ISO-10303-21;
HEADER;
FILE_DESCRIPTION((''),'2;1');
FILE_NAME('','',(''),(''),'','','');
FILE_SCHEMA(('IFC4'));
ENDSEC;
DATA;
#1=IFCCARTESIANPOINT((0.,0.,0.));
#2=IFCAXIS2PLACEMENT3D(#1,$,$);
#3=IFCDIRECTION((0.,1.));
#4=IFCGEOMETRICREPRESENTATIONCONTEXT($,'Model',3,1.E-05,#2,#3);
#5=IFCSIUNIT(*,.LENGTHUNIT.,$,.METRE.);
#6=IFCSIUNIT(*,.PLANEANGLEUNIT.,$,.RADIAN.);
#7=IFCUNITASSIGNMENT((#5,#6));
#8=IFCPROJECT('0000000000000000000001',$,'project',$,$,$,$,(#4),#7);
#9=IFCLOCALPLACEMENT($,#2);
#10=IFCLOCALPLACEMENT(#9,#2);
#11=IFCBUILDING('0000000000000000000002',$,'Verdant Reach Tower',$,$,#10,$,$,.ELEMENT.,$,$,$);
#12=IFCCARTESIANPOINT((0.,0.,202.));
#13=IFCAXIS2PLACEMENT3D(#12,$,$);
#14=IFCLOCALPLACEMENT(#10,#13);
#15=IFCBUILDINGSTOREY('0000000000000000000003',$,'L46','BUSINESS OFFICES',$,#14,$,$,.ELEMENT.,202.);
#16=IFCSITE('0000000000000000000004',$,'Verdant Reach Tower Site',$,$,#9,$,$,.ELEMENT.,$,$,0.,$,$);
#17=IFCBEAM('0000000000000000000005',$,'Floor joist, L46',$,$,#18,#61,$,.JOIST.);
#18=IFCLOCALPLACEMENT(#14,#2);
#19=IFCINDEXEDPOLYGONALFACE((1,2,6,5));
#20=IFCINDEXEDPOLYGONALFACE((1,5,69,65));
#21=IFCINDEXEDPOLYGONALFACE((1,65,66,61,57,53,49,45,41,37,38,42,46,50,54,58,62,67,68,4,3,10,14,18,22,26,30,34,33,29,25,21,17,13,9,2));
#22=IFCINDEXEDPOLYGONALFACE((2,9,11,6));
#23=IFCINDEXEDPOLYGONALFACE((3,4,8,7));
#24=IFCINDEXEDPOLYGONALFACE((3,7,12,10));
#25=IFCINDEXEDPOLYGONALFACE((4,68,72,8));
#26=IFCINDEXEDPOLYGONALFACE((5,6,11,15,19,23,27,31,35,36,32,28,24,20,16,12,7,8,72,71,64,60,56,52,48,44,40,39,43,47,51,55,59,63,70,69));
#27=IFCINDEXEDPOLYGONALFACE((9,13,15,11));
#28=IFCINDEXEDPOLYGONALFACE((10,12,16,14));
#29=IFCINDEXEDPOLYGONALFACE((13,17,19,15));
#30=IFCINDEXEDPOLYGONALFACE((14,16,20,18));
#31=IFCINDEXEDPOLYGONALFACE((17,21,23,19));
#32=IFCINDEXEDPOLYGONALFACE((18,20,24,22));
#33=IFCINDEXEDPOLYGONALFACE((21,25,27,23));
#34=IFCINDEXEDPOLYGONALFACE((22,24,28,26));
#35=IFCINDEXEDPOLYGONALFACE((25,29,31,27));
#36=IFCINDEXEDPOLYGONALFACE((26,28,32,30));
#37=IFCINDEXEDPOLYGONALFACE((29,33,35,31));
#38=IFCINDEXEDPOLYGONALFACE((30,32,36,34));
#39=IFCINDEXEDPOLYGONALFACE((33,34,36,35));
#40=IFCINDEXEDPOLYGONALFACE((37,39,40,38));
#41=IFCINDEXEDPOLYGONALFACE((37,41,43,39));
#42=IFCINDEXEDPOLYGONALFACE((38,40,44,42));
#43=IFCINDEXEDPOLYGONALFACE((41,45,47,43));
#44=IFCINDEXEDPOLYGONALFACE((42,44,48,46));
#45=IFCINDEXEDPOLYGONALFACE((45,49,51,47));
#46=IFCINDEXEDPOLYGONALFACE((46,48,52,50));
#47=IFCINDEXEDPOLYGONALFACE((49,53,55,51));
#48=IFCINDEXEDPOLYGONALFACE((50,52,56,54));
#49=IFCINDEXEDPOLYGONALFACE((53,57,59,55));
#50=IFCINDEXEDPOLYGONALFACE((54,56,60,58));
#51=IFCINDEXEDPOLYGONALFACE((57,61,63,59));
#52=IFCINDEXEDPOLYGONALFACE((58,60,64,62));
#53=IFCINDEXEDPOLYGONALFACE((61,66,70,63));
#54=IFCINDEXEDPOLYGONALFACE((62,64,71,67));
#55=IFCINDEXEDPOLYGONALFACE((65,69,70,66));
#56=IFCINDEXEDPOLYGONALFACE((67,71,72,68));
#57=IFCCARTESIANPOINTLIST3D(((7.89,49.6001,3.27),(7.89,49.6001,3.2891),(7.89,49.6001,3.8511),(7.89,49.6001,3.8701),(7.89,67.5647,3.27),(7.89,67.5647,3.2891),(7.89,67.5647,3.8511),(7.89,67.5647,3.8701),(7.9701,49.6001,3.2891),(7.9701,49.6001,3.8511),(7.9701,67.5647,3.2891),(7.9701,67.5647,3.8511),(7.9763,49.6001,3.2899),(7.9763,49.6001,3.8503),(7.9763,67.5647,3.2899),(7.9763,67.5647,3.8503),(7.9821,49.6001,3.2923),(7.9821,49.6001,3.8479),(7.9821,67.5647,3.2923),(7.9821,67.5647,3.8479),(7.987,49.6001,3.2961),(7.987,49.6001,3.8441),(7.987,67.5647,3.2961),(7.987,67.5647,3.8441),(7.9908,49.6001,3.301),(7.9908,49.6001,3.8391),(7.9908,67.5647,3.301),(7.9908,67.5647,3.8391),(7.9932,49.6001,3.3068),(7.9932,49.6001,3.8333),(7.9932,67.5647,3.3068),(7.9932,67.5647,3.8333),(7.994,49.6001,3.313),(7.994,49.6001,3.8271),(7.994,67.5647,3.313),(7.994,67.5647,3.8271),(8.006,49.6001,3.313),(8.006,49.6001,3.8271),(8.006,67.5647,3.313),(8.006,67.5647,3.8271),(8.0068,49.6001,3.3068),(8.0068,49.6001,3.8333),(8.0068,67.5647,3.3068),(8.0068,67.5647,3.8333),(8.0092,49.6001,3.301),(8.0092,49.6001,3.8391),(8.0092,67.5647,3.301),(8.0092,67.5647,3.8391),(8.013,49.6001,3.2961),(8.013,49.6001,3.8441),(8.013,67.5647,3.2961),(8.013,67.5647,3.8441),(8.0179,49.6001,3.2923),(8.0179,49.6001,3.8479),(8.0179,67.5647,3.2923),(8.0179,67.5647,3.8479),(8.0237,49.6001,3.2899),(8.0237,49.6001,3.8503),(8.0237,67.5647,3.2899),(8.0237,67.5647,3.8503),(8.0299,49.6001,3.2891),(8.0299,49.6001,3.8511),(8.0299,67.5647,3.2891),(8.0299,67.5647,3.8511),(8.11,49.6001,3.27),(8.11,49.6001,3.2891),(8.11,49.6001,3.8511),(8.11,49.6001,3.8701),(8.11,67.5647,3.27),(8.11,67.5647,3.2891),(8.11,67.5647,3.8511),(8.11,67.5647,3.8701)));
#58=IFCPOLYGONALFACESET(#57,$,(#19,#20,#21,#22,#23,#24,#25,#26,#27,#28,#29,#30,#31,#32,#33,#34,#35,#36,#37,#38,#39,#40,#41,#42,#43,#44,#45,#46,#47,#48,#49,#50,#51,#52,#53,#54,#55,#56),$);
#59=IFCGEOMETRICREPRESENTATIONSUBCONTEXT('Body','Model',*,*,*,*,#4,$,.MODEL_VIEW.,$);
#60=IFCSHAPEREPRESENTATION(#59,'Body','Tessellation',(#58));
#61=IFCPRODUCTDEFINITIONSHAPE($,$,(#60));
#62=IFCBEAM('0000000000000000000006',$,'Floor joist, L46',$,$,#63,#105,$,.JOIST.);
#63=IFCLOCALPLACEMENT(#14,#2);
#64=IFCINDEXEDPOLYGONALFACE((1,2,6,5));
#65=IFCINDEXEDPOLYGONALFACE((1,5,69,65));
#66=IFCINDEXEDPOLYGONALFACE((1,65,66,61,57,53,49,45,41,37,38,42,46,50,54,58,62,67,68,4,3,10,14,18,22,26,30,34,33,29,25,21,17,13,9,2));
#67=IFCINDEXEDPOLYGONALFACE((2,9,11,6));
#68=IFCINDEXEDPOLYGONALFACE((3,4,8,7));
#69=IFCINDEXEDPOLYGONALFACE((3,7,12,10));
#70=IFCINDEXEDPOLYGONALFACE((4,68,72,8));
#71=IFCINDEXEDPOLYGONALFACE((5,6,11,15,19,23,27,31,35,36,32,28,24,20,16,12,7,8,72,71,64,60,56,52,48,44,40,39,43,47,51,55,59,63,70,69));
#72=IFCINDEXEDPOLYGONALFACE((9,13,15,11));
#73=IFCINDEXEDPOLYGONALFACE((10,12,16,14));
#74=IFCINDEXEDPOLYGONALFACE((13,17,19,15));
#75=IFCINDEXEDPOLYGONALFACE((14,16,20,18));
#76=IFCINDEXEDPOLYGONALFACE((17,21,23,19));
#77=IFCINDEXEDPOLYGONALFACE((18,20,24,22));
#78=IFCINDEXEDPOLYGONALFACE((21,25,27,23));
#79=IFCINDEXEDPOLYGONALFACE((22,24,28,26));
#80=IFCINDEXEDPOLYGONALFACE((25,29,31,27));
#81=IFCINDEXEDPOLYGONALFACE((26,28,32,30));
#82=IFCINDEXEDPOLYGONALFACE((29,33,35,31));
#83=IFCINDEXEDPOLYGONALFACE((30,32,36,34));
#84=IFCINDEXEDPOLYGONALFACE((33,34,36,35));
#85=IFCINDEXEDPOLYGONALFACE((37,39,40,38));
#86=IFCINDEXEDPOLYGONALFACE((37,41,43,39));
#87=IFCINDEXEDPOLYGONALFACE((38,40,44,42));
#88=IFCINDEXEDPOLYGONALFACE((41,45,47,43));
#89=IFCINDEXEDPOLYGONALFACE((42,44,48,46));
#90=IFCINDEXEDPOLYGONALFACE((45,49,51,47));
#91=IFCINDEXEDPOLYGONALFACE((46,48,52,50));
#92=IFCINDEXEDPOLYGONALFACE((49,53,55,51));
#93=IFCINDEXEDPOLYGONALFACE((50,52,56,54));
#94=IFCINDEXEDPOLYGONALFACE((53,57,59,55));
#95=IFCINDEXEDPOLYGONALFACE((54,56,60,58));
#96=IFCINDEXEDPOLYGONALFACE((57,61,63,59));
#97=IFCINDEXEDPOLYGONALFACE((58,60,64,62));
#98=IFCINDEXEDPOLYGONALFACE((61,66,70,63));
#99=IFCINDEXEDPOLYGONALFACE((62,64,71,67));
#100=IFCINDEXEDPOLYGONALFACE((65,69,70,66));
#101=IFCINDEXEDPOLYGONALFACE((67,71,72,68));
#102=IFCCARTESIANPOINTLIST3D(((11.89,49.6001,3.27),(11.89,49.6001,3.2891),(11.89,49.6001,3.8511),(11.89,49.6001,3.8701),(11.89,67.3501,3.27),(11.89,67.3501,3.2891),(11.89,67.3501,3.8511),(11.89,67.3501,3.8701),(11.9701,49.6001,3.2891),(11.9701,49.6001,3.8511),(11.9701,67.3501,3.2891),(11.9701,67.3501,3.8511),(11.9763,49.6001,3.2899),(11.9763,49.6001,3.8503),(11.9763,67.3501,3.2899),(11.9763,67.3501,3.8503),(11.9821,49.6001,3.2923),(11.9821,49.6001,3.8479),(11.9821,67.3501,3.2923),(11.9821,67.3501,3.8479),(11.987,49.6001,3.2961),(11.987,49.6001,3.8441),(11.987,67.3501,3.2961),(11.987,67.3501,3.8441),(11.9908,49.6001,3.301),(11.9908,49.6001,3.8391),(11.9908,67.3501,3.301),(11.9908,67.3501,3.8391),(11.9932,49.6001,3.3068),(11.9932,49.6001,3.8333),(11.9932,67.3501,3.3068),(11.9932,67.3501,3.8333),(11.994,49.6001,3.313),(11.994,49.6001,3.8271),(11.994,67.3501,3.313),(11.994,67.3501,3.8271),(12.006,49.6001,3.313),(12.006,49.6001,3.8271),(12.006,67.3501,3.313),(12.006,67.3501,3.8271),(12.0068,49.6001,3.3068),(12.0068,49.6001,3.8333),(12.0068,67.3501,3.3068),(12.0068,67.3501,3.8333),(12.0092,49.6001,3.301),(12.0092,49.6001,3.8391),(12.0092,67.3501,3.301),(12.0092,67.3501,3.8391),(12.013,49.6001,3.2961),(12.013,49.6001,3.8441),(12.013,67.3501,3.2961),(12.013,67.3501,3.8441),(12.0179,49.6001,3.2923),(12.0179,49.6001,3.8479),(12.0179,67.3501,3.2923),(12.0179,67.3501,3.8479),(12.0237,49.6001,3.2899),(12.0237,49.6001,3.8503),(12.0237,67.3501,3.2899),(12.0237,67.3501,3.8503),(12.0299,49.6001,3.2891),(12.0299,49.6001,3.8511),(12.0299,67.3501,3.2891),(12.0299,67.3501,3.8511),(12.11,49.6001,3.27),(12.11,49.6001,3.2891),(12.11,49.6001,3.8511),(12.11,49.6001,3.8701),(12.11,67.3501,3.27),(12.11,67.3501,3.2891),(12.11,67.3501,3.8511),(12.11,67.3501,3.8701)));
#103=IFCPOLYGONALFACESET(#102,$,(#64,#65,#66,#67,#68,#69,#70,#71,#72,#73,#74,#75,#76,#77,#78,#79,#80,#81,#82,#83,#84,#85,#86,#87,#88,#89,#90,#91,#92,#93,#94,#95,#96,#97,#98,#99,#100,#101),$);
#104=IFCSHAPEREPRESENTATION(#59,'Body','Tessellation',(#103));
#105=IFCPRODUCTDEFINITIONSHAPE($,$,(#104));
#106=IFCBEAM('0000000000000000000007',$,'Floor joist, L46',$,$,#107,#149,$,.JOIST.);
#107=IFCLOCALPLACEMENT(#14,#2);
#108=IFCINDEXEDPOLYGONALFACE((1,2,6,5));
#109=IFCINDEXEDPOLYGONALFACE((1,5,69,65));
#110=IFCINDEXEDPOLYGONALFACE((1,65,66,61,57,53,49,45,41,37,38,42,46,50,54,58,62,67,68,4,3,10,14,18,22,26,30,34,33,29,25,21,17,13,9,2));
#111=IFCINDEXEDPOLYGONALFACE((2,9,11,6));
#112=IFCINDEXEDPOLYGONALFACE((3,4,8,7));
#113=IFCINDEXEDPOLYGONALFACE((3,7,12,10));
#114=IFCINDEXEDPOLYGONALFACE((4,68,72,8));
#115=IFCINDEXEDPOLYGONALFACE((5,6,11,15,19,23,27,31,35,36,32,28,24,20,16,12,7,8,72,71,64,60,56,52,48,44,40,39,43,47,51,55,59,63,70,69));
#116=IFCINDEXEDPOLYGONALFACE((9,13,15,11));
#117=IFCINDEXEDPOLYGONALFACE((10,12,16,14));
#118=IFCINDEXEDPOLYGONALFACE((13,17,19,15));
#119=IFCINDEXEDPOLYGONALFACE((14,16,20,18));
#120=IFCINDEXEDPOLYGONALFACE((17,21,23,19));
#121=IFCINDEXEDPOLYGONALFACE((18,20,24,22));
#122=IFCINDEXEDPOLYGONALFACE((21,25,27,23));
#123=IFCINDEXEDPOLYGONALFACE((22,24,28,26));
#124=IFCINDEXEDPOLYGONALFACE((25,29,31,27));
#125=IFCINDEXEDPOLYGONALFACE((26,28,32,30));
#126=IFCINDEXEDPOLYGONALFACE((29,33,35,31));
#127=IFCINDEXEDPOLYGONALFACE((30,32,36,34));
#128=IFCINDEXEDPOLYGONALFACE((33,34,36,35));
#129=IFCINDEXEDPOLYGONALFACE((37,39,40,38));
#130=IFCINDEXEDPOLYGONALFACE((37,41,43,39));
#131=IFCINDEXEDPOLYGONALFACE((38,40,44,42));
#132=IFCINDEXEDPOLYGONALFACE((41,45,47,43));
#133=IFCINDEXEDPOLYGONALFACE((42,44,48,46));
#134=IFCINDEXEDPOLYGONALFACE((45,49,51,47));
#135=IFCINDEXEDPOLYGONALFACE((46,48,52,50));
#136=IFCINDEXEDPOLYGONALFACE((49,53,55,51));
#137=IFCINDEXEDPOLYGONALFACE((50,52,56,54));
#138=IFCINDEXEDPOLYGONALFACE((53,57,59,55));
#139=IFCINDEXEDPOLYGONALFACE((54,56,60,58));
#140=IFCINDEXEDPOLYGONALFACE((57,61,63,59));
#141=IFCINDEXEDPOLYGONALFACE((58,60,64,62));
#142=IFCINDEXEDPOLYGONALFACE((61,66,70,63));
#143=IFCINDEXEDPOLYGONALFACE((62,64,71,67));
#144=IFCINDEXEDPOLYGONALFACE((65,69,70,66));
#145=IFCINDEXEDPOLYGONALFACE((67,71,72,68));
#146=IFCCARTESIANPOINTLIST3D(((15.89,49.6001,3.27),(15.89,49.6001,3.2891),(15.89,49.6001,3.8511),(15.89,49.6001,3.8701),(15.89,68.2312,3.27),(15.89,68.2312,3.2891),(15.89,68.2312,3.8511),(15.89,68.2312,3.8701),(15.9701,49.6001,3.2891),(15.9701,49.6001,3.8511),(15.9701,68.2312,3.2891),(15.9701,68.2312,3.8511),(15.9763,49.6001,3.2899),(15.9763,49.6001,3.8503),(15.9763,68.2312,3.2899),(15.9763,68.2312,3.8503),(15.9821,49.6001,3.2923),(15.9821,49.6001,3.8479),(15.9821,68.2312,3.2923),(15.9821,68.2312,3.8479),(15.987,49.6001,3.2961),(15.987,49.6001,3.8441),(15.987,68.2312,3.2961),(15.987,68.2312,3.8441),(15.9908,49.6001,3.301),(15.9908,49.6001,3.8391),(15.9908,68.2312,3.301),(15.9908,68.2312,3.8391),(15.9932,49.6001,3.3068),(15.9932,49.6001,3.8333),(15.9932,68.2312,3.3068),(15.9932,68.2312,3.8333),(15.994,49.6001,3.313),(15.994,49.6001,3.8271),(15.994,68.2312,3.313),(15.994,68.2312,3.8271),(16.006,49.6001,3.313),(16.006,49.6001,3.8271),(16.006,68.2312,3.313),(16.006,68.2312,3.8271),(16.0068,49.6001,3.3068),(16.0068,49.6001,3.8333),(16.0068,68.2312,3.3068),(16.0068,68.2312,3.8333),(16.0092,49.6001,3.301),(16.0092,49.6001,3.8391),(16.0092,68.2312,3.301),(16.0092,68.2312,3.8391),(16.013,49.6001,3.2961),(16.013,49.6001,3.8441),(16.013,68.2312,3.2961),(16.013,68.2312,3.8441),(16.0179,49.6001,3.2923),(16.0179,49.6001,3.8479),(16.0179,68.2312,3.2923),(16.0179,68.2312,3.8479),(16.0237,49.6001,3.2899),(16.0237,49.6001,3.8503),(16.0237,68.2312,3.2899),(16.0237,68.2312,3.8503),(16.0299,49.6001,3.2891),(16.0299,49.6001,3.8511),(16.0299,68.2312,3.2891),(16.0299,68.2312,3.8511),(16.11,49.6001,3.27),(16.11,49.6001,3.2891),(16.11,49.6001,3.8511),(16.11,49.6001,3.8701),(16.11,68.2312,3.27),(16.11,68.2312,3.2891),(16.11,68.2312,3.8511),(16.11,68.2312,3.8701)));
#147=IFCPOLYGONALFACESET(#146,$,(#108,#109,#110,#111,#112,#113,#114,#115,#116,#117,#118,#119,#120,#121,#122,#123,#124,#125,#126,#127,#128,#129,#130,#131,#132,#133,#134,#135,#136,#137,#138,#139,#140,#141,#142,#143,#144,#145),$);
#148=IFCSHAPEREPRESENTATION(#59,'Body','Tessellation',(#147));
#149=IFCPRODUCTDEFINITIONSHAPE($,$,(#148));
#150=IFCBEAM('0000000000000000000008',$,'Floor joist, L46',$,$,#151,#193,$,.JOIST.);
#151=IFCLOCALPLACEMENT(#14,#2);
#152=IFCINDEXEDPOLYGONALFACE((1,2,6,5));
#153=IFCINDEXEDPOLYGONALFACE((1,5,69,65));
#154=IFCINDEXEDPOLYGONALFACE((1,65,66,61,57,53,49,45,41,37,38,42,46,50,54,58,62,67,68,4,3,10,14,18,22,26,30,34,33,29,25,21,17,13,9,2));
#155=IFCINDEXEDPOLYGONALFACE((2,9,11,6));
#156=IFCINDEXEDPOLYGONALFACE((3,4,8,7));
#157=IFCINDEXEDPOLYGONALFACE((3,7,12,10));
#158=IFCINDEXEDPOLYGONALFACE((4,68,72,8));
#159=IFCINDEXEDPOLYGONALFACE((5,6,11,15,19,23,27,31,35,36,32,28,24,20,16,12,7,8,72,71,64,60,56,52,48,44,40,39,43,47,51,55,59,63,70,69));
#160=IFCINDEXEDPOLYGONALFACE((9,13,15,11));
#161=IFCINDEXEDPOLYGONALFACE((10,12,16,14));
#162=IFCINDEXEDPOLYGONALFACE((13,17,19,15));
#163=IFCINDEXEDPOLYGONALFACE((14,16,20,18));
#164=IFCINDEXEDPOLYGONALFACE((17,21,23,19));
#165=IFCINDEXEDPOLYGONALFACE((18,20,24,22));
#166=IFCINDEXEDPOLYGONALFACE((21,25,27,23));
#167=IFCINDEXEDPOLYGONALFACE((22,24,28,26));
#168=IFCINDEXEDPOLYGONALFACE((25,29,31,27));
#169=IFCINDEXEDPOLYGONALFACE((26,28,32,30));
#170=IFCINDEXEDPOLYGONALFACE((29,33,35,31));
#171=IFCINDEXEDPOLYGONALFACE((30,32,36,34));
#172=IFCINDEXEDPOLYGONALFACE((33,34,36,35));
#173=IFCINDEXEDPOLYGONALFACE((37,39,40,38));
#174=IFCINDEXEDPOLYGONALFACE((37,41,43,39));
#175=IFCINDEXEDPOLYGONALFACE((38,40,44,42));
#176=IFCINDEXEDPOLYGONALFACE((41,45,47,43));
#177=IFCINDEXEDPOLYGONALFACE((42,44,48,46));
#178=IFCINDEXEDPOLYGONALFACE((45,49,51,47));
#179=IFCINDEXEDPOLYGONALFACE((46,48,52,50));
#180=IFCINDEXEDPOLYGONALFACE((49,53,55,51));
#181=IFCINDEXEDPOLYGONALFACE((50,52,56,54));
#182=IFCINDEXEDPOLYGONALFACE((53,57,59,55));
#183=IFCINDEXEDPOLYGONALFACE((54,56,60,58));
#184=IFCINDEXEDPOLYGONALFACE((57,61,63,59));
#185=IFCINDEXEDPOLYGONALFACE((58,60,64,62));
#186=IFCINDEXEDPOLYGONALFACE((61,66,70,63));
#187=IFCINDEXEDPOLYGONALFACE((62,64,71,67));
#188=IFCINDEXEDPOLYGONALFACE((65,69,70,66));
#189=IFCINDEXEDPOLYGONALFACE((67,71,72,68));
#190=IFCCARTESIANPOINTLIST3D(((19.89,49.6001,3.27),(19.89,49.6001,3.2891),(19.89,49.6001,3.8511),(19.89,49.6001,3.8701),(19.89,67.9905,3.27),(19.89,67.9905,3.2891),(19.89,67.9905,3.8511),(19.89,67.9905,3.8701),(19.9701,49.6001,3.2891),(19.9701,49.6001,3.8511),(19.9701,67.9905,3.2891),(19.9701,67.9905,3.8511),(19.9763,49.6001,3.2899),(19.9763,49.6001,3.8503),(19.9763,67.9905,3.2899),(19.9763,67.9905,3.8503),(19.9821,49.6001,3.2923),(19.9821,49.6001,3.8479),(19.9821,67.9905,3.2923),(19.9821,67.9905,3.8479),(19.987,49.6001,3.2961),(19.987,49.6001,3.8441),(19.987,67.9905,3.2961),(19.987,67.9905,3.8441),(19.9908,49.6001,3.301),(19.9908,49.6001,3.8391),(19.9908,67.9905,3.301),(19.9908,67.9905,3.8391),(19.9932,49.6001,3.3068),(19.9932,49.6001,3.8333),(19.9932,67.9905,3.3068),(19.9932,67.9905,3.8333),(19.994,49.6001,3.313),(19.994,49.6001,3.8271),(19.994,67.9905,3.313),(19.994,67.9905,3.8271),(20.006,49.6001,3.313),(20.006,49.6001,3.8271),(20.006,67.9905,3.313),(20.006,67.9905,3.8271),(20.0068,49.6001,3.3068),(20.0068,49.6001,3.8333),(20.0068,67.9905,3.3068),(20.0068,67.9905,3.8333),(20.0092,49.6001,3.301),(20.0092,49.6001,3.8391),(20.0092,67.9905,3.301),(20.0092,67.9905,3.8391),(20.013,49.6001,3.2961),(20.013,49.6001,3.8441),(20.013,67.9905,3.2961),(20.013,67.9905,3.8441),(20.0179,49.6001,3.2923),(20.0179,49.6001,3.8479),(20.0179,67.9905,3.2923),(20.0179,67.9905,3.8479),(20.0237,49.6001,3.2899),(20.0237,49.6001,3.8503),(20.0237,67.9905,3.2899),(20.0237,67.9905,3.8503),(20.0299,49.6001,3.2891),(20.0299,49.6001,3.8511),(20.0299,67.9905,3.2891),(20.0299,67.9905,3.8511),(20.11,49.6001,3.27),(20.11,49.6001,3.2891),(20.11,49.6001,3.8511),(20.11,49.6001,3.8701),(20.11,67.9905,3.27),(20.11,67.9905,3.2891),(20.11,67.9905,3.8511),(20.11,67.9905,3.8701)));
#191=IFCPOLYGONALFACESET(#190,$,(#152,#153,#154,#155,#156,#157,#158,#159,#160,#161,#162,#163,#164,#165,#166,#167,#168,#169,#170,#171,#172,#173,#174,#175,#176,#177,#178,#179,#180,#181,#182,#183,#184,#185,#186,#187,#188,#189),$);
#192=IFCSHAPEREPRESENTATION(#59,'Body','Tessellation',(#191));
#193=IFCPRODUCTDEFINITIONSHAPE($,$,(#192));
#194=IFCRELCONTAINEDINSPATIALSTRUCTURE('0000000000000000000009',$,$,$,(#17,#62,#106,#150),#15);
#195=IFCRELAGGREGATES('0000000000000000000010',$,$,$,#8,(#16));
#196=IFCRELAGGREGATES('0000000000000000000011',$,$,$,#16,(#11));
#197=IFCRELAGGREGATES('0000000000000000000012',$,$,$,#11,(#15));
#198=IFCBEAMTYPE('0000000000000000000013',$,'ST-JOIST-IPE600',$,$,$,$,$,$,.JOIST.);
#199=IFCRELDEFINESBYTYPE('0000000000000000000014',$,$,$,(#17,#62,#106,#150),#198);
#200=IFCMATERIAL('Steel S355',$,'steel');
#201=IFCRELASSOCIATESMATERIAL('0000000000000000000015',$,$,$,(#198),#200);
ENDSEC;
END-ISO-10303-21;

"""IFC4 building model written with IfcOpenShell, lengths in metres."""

from ifc_helpers import new_model, si_unit, direction, frame, origin, origin_2d, place, context, subcontext, project, spatial, i_section, extrude, material, material_profile, profile_set, type_object, element, save


model = new_model("IFC4")

# Units and contexts
model_context = context("Model", 3, precision=1e-05, world=origin(), true_north=direction((0.0, 1.0)))
body_context = subcontext(model_context, "Body", "Model", "MODEL_VIEW")
ifc_project = project(units=[si_unit("LENGTHUNIT", "METRE"), si_unit("PLANEANGLEUNIT", "RADIAN")], contexts=[model_context])

# Site, building, storey
site_placement = place(None, origin())
site = spatial("IfcSite", under=ifc_project, at=site_placement, Name="Verdant Reach Tower Site", CompositionType="ELEMENT", RefElevation=0.0)
building_placement = place(site_placement, origin())
building = spatial("IfcBuilding", under=site, at=building_placement, Name="Verdant Reach Tower", CompositionType="ELEMENT")
storey_placement = place(building_placement, frame((0.0, 0.0, 202.0)))
storey = spatial("IfcBuildingStorey", under=building, at=storey_placement, Name="L46", Description="BUSINESS OFFICES", CompositionType="ELEMENT", Elevation=202.0)

# Beams
ifc_material_1 = material(Name="Steel S355", Category="steel")
ifc_material_profile_1 = material_profile(ifc_material_1, i_section(OverallWidth=0.22, OverallDepth=0.6001, WebThickness=0.012, FlangeThickness=0.019, FilletRadius=0.0239, at=origin_2d()), Name="IPE 600")
ifc_profile_set_1 = profile_set([ifc_material_profile_1], Name="Steel S355")
beam_type_1 = type_object("IfcBeamType", Name="ST-JOIST-IPE600", PredefinedType="JOIST", material=ifc_profile_set_1)
beam_1_placement = place(storey_placement, frame((8.0, 49.6001, 3.5701), z_axis=(0.0, 1.0, 0.0), x_axis=(-1.0, 0.0, 0.0)))
element("IfcBeam", 1, at=beam_1_placement, inside=storey, type_object=beam_type_1, Name="Floor joist, L46", PredefinedType="JOIST", context=body_context, shape_type="SweptSolid", body=[
    extrude(i_section(OverallWidth=0.22, OverallDepth=0.6001, WebThickness=0.012, FlangeThickness=0.019, FilletRadius=0.0239, at=origin_2d()), origin(), (0.0, 0.0, 1.0), 17.9646),
])
beam_2_placement = place(storey_placement, frame((12.0, 49.6001, 3.5701), z_axis=(0.0, 1.0, 0.0), x_axis=(-1.0, 0.0, 0.0)))
element("IfcBeam", 2, at=beam_2_placement, inside=storey, type_object=beam_type_1, Name="Floor joist, L46", PredefinedType="JOIST", context=body_context, shape_type="SweptSolid", body=[
    extrude(i_section(OverallWidth=0.22, OverallDepth=0.6001, WebThickness=0.012, FlangeThickness=0.019, FilletRadius=0.0239, at=origin_2d()), origin(), (0.0, 0.0, 1.0), 17.75),
])
beam_3_placement = place(storey_placement, frame((16.0, 49.6001, 3.5701), z_axis=(0.0, 1.0, 0.0), x_axis=(-1.0, 0.0, 0.0)))
element("IfcBeam", 3, at=beam_3_placement, inside=storey, type_object=beam_type_1, Name="Floor joist, L46", PredefinedType="JOIST", context=body_context, shape_type="SweptSolid", body=[
    extrude(i_section(OverallWidth=0.22, OverallDepth=0.6001, WebThickness=0.012, FlangeThickness=0.019, FilletRadius=0.0239, at=origin_2d()), origin(), (0.0, 0.0, 1.0), 18.6311),
])
beam_4_placement = place(storey_placement, frame((20.0, 49.6001, 3.5701), z_axis=(0.0, 1.0, 0.0), x_axis=(-1.0, 0.0, 0.0)))
element("IfcBeam", 4, at=beam_4_placement, inside=storey, type_object=beam_type_1, Name="Floor joist, L46", PredefinedType="JOIST", context=body_context, shape_type="SweptSolid", body=[
    extrude(i_section(OverallWidth=0.22, OverallDepth=0.6001, WebThickness=0.012, FlangeThickness=0.019, FilletRadius=0.0239, at=origin_2d()), origin(), (0.0, 0.0, 1.0), 18.3904),
])

save(model, "model.ifc")
